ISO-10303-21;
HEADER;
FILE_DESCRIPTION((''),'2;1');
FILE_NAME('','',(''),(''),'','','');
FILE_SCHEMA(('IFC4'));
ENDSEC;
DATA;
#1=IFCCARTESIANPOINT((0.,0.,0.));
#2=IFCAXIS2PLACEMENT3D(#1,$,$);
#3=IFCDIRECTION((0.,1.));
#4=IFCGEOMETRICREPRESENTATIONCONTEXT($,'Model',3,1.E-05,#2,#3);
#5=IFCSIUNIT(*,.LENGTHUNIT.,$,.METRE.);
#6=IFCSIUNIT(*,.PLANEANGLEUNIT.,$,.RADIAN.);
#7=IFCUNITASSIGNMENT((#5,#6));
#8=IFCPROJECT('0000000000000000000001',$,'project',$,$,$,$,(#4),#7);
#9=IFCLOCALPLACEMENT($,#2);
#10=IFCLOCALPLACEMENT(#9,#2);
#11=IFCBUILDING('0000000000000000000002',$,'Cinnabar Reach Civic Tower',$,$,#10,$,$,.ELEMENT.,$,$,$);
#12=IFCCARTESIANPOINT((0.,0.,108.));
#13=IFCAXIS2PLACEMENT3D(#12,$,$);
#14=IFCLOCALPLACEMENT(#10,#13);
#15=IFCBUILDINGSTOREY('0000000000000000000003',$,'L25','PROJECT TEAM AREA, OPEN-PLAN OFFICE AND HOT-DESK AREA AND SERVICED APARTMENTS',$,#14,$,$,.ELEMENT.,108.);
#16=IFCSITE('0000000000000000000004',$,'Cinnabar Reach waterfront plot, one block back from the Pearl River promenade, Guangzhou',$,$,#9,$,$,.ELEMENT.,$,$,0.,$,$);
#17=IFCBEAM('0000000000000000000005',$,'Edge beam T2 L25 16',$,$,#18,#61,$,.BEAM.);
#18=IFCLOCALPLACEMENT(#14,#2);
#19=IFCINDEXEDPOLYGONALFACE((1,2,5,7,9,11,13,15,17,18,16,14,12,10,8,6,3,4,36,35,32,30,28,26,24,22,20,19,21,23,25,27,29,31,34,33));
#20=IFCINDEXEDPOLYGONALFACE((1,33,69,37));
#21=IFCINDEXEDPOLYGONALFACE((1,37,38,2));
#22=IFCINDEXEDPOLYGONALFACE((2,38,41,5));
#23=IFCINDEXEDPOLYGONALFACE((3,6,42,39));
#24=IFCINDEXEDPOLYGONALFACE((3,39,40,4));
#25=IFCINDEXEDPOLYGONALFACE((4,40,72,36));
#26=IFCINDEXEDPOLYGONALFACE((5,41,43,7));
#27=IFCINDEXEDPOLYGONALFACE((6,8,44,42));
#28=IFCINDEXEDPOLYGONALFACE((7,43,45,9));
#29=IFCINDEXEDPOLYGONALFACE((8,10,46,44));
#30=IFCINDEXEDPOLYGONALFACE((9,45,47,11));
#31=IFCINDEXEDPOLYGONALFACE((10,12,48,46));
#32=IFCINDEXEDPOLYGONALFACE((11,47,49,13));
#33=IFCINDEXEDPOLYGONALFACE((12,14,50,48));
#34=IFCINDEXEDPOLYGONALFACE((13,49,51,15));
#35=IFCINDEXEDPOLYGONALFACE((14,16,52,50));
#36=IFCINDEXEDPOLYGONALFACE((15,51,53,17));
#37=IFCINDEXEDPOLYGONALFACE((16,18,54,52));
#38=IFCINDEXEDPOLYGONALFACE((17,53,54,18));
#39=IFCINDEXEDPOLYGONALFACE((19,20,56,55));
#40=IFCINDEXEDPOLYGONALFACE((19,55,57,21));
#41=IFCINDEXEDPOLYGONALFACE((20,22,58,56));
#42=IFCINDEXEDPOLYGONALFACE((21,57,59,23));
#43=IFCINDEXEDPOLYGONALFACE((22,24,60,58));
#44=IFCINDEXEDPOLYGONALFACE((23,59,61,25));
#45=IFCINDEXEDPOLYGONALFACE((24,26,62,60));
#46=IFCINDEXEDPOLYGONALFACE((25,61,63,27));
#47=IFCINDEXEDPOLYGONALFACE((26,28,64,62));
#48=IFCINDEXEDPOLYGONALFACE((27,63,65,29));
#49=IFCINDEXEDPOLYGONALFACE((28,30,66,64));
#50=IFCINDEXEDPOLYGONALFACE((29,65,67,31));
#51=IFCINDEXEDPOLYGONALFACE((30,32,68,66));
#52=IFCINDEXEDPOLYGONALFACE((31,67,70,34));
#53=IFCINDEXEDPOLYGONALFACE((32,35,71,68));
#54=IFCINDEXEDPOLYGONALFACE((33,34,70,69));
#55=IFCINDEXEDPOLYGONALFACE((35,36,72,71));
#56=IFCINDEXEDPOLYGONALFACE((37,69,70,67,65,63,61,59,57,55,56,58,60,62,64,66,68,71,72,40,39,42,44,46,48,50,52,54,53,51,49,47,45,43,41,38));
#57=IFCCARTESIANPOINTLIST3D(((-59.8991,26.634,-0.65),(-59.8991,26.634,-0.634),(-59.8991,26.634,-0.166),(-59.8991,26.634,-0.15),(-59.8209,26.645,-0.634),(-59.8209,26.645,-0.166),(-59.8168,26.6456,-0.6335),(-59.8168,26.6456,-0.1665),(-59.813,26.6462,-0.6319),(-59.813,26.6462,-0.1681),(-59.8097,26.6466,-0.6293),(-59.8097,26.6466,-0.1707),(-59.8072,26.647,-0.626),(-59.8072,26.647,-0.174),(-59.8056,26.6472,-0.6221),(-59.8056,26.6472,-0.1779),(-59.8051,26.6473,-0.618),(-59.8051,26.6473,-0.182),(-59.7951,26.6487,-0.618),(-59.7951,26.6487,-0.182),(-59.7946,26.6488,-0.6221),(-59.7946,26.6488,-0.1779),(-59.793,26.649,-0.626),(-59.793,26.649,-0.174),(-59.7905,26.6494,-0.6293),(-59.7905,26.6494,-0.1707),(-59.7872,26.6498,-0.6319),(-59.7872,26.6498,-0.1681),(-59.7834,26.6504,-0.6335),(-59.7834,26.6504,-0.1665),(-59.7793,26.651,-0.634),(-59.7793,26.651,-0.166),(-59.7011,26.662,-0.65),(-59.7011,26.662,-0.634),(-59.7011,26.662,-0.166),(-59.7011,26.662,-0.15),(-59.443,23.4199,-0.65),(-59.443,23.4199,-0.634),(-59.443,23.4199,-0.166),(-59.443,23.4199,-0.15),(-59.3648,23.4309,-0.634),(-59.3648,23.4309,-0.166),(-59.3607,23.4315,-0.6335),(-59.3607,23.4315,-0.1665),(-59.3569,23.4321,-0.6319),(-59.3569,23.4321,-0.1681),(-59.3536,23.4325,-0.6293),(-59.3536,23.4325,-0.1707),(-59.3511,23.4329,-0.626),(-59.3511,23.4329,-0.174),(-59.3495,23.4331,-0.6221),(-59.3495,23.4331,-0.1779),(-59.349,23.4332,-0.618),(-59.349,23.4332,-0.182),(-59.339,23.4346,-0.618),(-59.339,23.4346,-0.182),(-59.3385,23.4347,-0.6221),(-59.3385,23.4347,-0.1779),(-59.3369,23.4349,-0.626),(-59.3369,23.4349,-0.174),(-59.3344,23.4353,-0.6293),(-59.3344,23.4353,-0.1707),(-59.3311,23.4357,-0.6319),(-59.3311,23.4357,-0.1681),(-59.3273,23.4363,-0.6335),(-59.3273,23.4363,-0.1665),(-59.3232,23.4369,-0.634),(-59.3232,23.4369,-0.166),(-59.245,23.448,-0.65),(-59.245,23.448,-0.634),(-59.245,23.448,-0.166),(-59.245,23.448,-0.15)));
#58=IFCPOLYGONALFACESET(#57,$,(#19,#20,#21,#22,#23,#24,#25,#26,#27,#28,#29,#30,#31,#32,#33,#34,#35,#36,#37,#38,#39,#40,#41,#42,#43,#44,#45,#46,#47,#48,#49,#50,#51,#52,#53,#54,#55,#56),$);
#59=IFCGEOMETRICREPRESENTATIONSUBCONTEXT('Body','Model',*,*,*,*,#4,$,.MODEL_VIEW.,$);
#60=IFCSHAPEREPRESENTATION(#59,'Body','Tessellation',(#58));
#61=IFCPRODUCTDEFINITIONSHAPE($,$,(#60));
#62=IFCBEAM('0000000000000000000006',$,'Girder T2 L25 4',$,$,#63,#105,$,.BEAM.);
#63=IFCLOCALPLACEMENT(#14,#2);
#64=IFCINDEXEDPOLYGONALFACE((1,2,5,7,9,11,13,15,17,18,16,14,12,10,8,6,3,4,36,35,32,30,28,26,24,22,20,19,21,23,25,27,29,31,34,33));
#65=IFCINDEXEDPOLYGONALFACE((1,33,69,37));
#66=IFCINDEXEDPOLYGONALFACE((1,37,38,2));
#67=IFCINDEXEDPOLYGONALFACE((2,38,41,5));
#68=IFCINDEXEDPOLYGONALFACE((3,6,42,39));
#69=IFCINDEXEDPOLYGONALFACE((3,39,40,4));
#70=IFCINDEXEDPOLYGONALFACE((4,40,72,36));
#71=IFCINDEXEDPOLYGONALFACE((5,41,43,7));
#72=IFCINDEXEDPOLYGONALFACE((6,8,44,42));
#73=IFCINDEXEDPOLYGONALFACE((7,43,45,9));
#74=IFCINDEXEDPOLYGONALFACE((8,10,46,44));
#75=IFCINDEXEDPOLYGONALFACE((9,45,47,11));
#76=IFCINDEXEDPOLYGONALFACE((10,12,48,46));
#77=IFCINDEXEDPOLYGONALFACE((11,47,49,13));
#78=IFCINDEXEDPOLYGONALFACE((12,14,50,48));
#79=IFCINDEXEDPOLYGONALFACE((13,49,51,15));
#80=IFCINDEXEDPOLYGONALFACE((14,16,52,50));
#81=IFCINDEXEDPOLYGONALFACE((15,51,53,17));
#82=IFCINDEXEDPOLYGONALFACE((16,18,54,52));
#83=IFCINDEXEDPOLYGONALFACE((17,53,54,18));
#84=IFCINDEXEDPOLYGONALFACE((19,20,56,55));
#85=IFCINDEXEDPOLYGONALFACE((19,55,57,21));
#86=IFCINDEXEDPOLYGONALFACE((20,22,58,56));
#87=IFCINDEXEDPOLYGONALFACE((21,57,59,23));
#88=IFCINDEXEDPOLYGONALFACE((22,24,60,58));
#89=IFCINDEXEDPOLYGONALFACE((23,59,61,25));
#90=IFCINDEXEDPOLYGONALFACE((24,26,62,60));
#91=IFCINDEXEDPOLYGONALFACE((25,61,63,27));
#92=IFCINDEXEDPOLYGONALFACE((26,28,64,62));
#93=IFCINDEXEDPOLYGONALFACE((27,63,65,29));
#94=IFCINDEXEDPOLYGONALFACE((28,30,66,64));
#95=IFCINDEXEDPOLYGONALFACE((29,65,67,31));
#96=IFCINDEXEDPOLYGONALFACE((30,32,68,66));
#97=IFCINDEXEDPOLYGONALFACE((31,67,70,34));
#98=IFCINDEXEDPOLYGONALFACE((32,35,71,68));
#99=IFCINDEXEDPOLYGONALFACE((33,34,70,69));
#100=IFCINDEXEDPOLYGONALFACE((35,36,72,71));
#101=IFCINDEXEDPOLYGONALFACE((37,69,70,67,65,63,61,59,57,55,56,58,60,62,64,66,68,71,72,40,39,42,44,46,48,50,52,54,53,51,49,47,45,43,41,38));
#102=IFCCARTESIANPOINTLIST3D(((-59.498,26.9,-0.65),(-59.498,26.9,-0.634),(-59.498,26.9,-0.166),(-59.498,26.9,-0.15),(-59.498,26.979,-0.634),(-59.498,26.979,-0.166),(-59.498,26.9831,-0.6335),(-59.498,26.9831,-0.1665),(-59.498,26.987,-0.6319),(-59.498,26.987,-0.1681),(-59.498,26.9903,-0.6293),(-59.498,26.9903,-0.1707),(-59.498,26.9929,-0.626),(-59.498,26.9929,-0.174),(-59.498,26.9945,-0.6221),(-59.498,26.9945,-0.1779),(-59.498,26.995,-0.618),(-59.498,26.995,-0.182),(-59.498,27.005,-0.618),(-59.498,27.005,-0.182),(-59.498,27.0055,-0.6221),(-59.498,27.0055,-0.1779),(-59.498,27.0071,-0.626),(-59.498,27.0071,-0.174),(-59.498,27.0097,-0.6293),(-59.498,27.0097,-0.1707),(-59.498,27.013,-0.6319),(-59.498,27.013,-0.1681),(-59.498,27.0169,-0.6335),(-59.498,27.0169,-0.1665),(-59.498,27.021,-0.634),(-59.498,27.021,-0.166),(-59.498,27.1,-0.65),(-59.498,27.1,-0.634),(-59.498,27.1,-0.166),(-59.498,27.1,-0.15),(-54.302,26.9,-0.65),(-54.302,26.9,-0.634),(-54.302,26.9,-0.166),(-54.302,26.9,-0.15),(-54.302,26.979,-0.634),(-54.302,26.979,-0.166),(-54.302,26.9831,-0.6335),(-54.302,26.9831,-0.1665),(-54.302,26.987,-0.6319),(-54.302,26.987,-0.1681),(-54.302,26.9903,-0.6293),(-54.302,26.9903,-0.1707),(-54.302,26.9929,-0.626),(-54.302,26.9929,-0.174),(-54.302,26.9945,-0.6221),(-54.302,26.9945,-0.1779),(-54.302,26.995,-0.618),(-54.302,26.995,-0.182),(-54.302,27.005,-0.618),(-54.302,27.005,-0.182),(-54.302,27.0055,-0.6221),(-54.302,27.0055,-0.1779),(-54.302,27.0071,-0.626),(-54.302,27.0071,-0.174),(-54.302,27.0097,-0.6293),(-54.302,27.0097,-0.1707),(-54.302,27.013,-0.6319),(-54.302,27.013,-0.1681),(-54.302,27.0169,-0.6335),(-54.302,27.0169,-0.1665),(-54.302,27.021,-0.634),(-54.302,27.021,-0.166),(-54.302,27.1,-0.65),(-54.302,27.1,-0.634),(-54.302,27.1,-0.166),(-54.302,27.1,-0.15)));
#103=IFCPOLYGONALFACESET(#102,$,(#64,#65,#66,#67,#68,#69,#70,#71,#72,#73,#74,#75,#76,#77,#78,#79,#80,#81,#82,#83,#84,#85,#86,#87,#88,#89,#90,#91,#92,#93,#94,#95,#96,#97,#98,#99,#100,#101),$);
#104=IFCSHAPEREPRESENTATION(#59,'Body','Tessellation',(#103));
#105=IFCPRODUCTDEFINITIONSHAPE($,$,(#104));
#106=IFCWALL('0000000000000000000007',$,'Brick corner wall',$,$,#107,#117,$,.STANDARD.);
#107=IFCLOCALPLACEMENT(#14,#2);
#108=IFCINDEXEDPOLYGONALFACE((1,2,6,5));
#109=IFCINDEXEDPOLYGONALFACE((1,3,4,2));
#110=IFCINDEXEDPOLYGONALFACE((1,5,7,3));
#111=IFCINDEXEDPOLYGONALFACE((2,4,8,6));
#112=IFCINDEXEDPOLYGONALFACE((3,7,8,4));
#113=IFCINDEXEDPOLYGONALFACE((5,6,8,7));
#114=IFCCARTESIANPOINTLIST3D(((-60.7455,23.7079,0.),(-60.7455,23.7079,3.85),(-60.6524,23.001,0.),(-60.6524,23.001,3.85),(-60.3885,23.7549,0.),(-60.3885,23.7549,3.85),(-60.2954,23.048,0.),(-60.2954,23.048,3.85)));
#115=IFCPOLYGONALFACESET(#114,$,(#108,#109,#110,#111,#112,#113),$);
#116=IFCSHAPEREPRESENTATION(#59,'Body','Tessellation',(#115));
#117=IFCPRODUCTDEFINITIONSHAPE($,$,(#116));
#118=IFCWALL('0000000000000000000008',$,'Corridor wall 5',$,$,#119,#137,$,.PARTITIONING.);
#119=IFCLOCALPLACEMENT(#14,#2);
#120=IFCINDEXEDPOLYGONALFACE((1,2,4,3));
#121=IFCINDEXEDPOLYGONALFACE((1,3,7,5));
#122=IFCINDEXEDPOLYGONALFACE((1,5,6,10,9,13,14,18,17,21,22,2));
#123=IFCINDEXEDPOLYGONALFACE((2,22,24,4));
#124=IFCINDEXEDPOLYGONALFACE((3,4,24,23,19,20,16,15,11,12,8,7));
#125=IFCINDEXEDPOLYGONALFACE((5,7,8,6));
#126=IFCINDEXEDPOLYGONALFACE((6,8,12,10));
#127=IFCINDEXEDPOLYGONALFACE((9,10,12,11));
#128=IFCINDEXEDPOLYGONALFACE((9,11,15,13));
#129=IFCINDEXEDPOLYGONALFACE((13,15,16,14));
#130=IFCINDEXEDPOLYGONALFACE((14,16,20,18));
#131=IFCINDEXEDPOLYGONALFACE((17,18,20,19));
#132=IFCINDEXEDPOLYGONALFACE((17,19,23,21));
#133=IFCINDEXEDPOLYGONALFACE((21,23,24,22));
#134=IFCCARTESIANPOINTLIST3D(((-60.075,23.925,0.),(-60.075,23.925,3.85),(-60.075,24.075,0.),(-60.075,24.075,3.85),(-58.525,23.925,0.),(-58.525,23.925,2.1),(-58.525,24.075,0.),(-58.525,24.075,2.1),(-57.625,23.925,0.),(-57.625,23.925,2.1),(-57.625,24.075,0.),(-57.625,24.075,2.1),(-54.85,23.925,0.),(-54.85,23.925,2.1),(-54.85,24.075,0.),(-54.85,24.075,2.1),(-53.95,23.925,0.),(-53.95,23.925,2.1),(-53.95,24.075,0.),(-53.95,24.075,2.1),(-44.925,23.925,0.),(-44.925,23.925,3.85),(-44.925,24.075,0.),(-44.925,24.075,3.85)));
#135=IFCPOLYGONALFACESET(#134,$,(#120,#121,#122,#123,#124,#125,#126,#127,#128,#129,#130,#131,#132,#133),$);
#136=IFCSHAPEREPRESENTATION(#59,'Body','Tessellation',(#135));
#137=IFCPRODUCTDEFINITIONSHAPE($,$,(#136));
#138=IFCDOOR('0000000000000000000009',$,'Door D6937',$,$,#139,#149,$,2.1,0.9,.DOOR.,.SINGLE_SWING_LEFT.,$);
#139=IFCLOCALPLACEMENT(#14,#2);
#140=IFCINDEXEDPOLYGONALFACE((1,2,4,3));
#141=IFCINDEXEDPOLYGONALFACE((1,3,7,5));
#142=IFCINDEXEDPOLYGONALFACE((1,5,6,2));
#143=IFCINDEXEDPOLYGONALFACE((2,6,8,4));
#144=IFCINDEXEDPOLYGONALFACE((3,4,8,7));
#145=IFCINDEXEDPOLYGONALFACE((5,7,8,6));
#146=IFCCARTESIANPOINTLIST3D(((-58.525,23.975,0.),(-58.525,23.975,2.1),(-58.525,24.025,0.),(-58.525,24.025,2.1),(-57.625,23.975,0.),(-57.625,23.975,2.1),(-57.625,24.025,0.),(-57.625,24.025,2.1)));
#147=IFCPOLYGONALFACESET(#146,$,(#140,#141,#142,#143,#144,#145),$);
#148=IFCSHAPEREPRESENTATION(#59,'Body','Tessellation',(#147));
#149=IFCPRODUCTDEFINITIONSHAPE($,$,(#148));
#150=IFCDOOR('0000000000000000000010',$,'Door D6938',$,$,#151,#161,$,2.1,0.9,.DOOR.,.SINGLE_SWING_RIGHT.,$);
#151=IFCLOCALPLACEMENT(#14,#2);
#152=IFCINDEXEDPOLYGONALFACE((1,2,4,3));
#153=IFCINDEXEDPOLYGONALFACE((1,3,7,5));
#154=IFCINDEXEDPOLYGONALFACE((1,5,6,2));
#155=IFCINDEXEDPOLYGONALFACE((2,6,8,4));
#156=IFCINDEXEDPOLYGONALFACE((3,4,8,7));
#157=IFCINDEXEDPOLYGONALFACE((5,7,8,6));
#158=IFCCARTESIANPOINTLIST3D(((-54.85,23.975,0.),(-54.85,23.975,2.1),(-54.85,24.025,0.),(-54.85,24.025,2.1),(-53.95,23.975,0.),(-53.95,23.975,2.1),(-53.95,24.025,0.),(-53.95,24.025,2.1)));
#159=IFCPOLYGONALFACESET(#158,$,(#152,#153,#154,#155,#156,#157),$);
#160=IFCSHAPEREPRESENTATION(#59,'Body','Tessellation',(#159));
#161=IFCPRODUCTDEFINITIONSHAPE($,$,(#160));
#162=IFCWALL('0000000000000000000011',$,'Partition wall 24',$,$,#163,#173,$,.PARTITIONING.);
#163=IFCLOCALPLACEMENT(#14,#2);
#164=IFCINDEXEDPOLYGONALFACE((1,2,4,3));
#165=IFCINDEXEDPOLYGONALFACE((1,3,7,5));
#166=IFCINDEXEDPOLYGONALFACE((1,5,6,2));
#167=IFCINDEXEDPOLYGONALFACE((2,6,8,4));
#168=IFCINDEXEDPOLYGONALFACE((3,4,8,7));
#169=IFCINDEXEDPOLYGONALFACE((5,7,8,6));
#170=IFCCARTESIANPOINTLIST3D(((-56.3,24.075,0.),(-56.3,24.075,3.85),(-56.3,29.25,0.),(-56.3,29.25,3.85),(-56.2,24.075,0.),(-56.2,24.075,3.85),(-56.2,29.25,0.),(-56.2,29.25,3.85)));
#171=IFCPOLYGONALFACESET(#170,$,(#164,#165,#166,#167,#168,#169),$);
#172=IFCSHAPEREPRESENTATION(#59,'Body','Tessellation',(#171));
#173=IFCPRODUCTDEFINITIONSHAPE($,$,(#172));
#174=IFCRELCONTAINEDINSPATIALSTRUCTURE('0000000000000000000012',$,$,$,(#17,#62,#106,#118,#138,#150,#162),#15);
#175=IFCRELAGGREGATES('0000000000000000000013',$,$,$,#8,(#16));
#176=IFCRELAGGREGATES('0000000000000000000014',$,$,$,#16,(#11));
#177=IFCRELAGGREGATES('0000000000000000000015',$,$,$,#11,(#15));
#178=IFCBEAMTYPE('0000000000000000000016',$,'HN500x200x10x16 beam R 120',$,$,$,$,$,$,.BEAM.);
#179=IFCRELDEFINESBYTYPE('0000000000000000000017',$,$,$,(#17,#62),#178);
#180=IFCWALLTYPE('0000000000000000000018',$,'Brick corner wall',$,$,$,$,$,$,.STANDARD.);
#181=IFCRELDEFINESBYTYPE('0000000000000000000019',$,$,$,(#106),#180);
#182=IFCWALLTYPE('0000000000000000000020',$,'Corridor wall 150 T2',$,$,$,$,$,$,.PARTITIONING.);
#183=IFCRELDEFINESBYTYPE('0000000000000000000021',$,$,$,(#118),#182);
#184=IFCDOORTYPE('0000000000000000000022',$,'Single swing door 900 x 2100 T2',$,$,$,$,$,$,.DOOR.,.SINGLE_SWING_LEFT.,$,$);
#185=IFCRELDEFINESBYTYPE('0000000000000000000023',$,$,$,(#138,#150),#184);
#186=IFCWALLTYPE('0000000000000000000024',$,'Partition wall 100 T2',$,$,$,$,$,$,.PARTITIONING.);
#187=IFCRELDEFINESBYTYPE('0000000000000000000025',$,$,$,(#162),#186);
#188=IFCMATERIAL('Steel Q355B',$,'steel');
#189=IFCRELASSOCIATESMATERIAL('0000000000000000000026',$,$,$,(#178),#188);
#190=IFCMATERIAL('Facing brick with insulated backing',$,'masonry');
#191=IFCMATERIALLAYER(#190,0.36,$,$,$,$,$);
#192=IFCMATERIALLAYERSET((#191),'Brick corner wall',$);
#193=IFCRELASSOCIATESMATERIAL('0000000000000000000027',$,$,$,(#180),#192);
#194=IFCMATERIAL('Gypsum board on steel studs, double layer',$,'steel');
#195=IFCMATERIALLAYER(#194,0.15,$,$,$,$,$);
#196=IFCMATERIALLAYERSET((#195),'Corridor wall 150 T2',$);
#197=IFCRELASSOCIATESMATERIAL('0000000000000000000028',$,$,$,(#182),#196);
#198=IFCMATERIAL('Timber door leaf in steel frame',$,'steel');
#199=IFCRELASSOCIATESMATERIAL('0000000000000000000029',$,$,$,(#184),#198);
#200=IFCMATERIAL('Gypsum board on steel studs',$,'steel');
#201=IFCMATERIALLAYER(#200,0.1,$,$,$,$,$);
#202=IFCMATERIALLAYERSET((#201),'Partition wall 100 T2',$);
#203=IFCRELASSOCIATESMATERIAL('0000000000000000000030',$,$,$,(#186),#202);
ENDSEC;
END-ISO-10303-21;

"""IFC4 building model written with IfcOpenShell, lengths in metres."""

from ifc_helpers import new_model, si_unit, direction, frame, frame_2d, origin, origin_2d, place, context, subcontext, project, spatial, rectangle, i_section, extrude, material, layer, layer_set, material_profile, profile_set, type_object, element, fill, save


model = new_model("IFC4")

# Units and contexts
model_context = context("Model", 3, precision=1e-05, world=origin(), true_north=direction((0.0, 1.0)))
body_context = subcontext(model_context, "Body", "Model", "MODEL_VIEW")
ifc_project = project(units=[si_unit("LENGTHUNIT", "METRE"), si_unit("PLANEANGLEUNIT", "RADIAN")], contexts=[model_context])

# Site, building, storey
site_placement = place(None, origin())
site = spatial("IfcSite", under=ifc_project, at=site_placement, Name="Cinnabar Reach waterfront plot, one block back from the Pearl River promenade, Guangzhou", CompositionType="ELEMENT", RefElevation=0.0)
building_placement = place(site_placement, origin())
building = spatial("IfcBuilding", under=site, at=building_placement, Name="Cinnabar Reach Civic Tower", CompositionType="ELEMENT")
storey_placement = place(building_placement, frame((0.0, 0.0, 108.0)))
storey = spatial("IfcBuildingStorey", under=building, at=storey_placement, Name="L25", Description="PROJECT TEAM AREA, OPEN-PLAN OFFICE AND HOT-DESK AREA AND SERVICED APARTMENTS", CompositionType="ELEMENT", Elevation=108.0)

# Beams
ifc_material_1 = material(Name="Steel Q355B", Category="steel")
ifc_material_profile_1 = material_profile(ifc_material_1, i_section(OverallWidth=0.2, OverallDepth=0.5, WebThickness=0.01, FlangeThickness=0.016, FilletRadius=0.016, at=origin_2d()), Name="HN500x200x10x16")
ifc_profile_set_1 = profile_set([ifc_material_profile_1], Name="Steel Q355B")
beam_type_1 = type_object("IfcBeamType", Name="HN500x200x10x16 beam R 120", PredefinedType="BEAM", material=ifc_profile_set_1)
beam_1_placement = place(storey_placement, frame((-59.8001, 26.648, -0.4), z_axis=(0.140498, -0.990081, 0.0), x_axis=(0.990081, 0.140498, 0.0)))
element("IfcBeam", 1, at=beam_1_placement, inside=storey, type_object=beam_type_1, Name="Edge beam T2 L25 16", PredefinedType="BEAM", context=body_context, shape_type="SweptSolid", body=[
    extrude(i_section(OverallWidth=0.2, OverallDepth=0.5, WebThickness=0.01, FlangeThickness=0.016, FilletRadius=0.016, at=origin_2d()), origin(), (0.0, 0.0, 1.0), 3.2463),
])
beam_2_placement = place(storey_placement, frame((-59.498, 27.0, -0.4), z_axis=(1.0, 0.0, 0.0), x_axis=(0.0, 1.0, 0.0)))
element("IfcBeam", 2, at=beam_2_placement, inside=storey, type_object=beam_type_1, Name="Girder T2 L25 4", PredefinedType="BEAM", context=body_context, shape_type="SweptSolid", body=[
    extrude(i_section(OverallWidth=0.2, OverallDepth=0.5, WebThickness=0.01, FlangeThickness=0.016, FilletRadius=0.016, at=origin_2d()), origin(), (0.0, 0.0, 1.0), 5.196),
])

# Wall
ifc_material_2 = material(Name="Facing brick with insulated backing", Category="masonry")
ifc_layer_1 = layer(ifc_material_2, 0.36)
ifc_layer_set_1 = layer_set([ifc_layer_1], Name="Brick corner wall")
wall_type_1 = type_object("IfcWallType", Name="Brick corner wall", PredefinedType="STANDARD", material=ifc_layer_set_1)
wall_1_placement = place(storey_placement, frame((-60.567, 23.7314, 0.0), z_axis=(0.0, 0.0, 1.0), x_axis=(0.130556, -0.991441, 0.0)))
element("IfcWall", 3, at=wall_1_placement, inside=storey, type_object=wall_type_1, Name="Brick corner wall", PredefinedType="STANDARD", context=body_context, shape_type="SweptSolid", body=[
    extrude(rectangle(XDim=0.7131, YDim=0.36, at=frame_2d((0.3565, 0.0))), origin(), (0.0, 0.0, 1.0), 3.85),
])

# Wall, openings, doors
ifc_material_3 = material(Name="Gypsum board on steel studs, double layer", Category="steel")
ifc_layer_2 = layer(ifc_material_3, 0.15)
ifc_layer_set_2 = layer_set([ifc_layer_2], Name="Corridor wall 150 T2")
wall_type_2 = type_object("IfcWallType", Name="Corridor wall 150 T2", PredefinedType="PARTITIONING", material=ifc_layer_set_2)
wall_2_placement = place(storey_placement, frame((-60.075, 24.0, 0.0), z_axis=(0.0, 0.0, 1.0), x_axis=(1.0, 0.0, 0.0)))
wall_2 = element("IfcWall", 4, at=wall_2_placement, inside=storey, type_object=wall_type_2, Name="Corridor wall 5", PredefinedType="PARTITIONING", context=body_context, shape_type="SweptSolid", body=[
    extrude(rectangle(XDim=15.15, YDim=0.15, at=frame_2d((7.575, 0.0))), origin(), (0.0, 0.0, 1.0), 3.85),
])
opening_1_placement = place(wall_2_placement, frame((1.55, 0.0, 0.0)))
opening_1 = element("IfcOpeningElement", 5, at=opening_1_placement, cuts=wall_2, PredefinedType="OPENING", context=body_context, shape_type="SweptSolid", body=[
    extrude(rectangle(XDim=0.9, YDim=2.1, at=frame_2d((0.45, 1.05))), frame((0.0, 0.085, 0.0), z_axis=(0.0, -1.0, 0.0), x_axis=(1.0, 0.0, 0.0)), (0.0, 0.0, 1.0), 0.17),
])
opening_2_placement = place(wall_2_placement, frame((5.225, 0.0, 0.0)))
opening_2 = element("IfcOpeningElement", 6, at=opening_2_placement, cuts=wall_2, PredefinedType="OPENING", context=body_context, shape_type="SweptSolid", body=[
    extrude(rectangle(XDim=0.9, YDim=2.1, at=frame_2d((0.45, 1.05))), frame((0.0, 0.085, 0.0), z_axis=(0.0, -1.0, 0.0), x_axis=(1.0, 0.0, 0.0)), (0.0, 0.0, 1.0), 0.17),
])
ifc_material_4 = material(Name="Timber door leaf in steel frame", Category="steel")
door_type = type_object("IfcDoorType", Name="Single swing door 900 x 2100 T2", OperationType="SINGLE_SWING_LEFT", PredefinedType="DOOR", material=ifc_material_4)
door_1_placement = place(opening_1_placement, origin())
door_1 = element("IfcDoor", 7, at=door_1_placement, inside=storey, type_object=door_type, Name="Door D6937", OperationType="SINGLE_SWING_LEFT", OverallHeight=2.1, OverallWidth=0.9, PredefinedType="DOOR", context=body_context, shape_type="SweptSolid", body=[
    extrude(rectangle(XDim=0.9, YDim=2.1, at=frame_2d((0.45, 1.05))), frame((0.0, 0.025, 0.0), z_axis=(0.0, -1.0, 0.0), x_axis=(1.0, 0.0, 0.0)), (0.0, 0.0, 1.0), 0.05),
])
fill(opening_1, door_1)
door_2_placement = place(opening_2_placement, origin())
door_2 = element("IfcDoor", 8, at=door_2_placement, inside=storey, type_object=door_type, Name="Door D6938", OperationType="SINGLE_SWING_RIGHT", OverallHeight=2.1, OverallWidth=0.9, PredefinedType="DOOR", context=body_context, shape_type="SweptSolid", body=[
    extrude(rectangle(XDim=0.9, YDim=2.1, at=frame_2d((0.45, 1.05))), frame((0.0, 0.025, 0.0), z_axis=(0.0, -1.0, 0.0), x_axis=(1.0, 0.0, 0.0)), (0.0, 0.0, 1.0), 0.05),
])
fill(opening_2, door_2)

# Wall
ifc_material_5 = material(Name="Gypsum board on steel studs", Category="steel")
ifc_layer_3 = layer(ifc_material_5, 0.1)
ifc_layer_set_3 = layer_set([ifc_layer_3], Name="Partition wall 100 T2")
wall_type_3 = type_object("IfcWallType", Name="Partition wall 100 T2", PredefinedType="PARTITIONING", material=ifc_layer_set_3)
wall_3_placement = place(storey_placement, frame((-56.25, 24.075, 0.0), z_axis=(0.0, 0.0, 1.0), x_axis=(0.0, 1.0, 0.0)))
element("IfcWall", 9, at=wall_3_placement, inside=storey, type_object=wall_type_3, Name="Partition wall 24", PredefinedType="PARTITIONING", context=body_context, shape_type="SweptSolid", body=[
    extrude(rectangle(XDim=5.175, YDim=0.1, at=frame_2d((2.5875, 0.0))), origin(), (0.0, 0.0, 1.0), 3.85),
])

save(model, "model.ifc")
